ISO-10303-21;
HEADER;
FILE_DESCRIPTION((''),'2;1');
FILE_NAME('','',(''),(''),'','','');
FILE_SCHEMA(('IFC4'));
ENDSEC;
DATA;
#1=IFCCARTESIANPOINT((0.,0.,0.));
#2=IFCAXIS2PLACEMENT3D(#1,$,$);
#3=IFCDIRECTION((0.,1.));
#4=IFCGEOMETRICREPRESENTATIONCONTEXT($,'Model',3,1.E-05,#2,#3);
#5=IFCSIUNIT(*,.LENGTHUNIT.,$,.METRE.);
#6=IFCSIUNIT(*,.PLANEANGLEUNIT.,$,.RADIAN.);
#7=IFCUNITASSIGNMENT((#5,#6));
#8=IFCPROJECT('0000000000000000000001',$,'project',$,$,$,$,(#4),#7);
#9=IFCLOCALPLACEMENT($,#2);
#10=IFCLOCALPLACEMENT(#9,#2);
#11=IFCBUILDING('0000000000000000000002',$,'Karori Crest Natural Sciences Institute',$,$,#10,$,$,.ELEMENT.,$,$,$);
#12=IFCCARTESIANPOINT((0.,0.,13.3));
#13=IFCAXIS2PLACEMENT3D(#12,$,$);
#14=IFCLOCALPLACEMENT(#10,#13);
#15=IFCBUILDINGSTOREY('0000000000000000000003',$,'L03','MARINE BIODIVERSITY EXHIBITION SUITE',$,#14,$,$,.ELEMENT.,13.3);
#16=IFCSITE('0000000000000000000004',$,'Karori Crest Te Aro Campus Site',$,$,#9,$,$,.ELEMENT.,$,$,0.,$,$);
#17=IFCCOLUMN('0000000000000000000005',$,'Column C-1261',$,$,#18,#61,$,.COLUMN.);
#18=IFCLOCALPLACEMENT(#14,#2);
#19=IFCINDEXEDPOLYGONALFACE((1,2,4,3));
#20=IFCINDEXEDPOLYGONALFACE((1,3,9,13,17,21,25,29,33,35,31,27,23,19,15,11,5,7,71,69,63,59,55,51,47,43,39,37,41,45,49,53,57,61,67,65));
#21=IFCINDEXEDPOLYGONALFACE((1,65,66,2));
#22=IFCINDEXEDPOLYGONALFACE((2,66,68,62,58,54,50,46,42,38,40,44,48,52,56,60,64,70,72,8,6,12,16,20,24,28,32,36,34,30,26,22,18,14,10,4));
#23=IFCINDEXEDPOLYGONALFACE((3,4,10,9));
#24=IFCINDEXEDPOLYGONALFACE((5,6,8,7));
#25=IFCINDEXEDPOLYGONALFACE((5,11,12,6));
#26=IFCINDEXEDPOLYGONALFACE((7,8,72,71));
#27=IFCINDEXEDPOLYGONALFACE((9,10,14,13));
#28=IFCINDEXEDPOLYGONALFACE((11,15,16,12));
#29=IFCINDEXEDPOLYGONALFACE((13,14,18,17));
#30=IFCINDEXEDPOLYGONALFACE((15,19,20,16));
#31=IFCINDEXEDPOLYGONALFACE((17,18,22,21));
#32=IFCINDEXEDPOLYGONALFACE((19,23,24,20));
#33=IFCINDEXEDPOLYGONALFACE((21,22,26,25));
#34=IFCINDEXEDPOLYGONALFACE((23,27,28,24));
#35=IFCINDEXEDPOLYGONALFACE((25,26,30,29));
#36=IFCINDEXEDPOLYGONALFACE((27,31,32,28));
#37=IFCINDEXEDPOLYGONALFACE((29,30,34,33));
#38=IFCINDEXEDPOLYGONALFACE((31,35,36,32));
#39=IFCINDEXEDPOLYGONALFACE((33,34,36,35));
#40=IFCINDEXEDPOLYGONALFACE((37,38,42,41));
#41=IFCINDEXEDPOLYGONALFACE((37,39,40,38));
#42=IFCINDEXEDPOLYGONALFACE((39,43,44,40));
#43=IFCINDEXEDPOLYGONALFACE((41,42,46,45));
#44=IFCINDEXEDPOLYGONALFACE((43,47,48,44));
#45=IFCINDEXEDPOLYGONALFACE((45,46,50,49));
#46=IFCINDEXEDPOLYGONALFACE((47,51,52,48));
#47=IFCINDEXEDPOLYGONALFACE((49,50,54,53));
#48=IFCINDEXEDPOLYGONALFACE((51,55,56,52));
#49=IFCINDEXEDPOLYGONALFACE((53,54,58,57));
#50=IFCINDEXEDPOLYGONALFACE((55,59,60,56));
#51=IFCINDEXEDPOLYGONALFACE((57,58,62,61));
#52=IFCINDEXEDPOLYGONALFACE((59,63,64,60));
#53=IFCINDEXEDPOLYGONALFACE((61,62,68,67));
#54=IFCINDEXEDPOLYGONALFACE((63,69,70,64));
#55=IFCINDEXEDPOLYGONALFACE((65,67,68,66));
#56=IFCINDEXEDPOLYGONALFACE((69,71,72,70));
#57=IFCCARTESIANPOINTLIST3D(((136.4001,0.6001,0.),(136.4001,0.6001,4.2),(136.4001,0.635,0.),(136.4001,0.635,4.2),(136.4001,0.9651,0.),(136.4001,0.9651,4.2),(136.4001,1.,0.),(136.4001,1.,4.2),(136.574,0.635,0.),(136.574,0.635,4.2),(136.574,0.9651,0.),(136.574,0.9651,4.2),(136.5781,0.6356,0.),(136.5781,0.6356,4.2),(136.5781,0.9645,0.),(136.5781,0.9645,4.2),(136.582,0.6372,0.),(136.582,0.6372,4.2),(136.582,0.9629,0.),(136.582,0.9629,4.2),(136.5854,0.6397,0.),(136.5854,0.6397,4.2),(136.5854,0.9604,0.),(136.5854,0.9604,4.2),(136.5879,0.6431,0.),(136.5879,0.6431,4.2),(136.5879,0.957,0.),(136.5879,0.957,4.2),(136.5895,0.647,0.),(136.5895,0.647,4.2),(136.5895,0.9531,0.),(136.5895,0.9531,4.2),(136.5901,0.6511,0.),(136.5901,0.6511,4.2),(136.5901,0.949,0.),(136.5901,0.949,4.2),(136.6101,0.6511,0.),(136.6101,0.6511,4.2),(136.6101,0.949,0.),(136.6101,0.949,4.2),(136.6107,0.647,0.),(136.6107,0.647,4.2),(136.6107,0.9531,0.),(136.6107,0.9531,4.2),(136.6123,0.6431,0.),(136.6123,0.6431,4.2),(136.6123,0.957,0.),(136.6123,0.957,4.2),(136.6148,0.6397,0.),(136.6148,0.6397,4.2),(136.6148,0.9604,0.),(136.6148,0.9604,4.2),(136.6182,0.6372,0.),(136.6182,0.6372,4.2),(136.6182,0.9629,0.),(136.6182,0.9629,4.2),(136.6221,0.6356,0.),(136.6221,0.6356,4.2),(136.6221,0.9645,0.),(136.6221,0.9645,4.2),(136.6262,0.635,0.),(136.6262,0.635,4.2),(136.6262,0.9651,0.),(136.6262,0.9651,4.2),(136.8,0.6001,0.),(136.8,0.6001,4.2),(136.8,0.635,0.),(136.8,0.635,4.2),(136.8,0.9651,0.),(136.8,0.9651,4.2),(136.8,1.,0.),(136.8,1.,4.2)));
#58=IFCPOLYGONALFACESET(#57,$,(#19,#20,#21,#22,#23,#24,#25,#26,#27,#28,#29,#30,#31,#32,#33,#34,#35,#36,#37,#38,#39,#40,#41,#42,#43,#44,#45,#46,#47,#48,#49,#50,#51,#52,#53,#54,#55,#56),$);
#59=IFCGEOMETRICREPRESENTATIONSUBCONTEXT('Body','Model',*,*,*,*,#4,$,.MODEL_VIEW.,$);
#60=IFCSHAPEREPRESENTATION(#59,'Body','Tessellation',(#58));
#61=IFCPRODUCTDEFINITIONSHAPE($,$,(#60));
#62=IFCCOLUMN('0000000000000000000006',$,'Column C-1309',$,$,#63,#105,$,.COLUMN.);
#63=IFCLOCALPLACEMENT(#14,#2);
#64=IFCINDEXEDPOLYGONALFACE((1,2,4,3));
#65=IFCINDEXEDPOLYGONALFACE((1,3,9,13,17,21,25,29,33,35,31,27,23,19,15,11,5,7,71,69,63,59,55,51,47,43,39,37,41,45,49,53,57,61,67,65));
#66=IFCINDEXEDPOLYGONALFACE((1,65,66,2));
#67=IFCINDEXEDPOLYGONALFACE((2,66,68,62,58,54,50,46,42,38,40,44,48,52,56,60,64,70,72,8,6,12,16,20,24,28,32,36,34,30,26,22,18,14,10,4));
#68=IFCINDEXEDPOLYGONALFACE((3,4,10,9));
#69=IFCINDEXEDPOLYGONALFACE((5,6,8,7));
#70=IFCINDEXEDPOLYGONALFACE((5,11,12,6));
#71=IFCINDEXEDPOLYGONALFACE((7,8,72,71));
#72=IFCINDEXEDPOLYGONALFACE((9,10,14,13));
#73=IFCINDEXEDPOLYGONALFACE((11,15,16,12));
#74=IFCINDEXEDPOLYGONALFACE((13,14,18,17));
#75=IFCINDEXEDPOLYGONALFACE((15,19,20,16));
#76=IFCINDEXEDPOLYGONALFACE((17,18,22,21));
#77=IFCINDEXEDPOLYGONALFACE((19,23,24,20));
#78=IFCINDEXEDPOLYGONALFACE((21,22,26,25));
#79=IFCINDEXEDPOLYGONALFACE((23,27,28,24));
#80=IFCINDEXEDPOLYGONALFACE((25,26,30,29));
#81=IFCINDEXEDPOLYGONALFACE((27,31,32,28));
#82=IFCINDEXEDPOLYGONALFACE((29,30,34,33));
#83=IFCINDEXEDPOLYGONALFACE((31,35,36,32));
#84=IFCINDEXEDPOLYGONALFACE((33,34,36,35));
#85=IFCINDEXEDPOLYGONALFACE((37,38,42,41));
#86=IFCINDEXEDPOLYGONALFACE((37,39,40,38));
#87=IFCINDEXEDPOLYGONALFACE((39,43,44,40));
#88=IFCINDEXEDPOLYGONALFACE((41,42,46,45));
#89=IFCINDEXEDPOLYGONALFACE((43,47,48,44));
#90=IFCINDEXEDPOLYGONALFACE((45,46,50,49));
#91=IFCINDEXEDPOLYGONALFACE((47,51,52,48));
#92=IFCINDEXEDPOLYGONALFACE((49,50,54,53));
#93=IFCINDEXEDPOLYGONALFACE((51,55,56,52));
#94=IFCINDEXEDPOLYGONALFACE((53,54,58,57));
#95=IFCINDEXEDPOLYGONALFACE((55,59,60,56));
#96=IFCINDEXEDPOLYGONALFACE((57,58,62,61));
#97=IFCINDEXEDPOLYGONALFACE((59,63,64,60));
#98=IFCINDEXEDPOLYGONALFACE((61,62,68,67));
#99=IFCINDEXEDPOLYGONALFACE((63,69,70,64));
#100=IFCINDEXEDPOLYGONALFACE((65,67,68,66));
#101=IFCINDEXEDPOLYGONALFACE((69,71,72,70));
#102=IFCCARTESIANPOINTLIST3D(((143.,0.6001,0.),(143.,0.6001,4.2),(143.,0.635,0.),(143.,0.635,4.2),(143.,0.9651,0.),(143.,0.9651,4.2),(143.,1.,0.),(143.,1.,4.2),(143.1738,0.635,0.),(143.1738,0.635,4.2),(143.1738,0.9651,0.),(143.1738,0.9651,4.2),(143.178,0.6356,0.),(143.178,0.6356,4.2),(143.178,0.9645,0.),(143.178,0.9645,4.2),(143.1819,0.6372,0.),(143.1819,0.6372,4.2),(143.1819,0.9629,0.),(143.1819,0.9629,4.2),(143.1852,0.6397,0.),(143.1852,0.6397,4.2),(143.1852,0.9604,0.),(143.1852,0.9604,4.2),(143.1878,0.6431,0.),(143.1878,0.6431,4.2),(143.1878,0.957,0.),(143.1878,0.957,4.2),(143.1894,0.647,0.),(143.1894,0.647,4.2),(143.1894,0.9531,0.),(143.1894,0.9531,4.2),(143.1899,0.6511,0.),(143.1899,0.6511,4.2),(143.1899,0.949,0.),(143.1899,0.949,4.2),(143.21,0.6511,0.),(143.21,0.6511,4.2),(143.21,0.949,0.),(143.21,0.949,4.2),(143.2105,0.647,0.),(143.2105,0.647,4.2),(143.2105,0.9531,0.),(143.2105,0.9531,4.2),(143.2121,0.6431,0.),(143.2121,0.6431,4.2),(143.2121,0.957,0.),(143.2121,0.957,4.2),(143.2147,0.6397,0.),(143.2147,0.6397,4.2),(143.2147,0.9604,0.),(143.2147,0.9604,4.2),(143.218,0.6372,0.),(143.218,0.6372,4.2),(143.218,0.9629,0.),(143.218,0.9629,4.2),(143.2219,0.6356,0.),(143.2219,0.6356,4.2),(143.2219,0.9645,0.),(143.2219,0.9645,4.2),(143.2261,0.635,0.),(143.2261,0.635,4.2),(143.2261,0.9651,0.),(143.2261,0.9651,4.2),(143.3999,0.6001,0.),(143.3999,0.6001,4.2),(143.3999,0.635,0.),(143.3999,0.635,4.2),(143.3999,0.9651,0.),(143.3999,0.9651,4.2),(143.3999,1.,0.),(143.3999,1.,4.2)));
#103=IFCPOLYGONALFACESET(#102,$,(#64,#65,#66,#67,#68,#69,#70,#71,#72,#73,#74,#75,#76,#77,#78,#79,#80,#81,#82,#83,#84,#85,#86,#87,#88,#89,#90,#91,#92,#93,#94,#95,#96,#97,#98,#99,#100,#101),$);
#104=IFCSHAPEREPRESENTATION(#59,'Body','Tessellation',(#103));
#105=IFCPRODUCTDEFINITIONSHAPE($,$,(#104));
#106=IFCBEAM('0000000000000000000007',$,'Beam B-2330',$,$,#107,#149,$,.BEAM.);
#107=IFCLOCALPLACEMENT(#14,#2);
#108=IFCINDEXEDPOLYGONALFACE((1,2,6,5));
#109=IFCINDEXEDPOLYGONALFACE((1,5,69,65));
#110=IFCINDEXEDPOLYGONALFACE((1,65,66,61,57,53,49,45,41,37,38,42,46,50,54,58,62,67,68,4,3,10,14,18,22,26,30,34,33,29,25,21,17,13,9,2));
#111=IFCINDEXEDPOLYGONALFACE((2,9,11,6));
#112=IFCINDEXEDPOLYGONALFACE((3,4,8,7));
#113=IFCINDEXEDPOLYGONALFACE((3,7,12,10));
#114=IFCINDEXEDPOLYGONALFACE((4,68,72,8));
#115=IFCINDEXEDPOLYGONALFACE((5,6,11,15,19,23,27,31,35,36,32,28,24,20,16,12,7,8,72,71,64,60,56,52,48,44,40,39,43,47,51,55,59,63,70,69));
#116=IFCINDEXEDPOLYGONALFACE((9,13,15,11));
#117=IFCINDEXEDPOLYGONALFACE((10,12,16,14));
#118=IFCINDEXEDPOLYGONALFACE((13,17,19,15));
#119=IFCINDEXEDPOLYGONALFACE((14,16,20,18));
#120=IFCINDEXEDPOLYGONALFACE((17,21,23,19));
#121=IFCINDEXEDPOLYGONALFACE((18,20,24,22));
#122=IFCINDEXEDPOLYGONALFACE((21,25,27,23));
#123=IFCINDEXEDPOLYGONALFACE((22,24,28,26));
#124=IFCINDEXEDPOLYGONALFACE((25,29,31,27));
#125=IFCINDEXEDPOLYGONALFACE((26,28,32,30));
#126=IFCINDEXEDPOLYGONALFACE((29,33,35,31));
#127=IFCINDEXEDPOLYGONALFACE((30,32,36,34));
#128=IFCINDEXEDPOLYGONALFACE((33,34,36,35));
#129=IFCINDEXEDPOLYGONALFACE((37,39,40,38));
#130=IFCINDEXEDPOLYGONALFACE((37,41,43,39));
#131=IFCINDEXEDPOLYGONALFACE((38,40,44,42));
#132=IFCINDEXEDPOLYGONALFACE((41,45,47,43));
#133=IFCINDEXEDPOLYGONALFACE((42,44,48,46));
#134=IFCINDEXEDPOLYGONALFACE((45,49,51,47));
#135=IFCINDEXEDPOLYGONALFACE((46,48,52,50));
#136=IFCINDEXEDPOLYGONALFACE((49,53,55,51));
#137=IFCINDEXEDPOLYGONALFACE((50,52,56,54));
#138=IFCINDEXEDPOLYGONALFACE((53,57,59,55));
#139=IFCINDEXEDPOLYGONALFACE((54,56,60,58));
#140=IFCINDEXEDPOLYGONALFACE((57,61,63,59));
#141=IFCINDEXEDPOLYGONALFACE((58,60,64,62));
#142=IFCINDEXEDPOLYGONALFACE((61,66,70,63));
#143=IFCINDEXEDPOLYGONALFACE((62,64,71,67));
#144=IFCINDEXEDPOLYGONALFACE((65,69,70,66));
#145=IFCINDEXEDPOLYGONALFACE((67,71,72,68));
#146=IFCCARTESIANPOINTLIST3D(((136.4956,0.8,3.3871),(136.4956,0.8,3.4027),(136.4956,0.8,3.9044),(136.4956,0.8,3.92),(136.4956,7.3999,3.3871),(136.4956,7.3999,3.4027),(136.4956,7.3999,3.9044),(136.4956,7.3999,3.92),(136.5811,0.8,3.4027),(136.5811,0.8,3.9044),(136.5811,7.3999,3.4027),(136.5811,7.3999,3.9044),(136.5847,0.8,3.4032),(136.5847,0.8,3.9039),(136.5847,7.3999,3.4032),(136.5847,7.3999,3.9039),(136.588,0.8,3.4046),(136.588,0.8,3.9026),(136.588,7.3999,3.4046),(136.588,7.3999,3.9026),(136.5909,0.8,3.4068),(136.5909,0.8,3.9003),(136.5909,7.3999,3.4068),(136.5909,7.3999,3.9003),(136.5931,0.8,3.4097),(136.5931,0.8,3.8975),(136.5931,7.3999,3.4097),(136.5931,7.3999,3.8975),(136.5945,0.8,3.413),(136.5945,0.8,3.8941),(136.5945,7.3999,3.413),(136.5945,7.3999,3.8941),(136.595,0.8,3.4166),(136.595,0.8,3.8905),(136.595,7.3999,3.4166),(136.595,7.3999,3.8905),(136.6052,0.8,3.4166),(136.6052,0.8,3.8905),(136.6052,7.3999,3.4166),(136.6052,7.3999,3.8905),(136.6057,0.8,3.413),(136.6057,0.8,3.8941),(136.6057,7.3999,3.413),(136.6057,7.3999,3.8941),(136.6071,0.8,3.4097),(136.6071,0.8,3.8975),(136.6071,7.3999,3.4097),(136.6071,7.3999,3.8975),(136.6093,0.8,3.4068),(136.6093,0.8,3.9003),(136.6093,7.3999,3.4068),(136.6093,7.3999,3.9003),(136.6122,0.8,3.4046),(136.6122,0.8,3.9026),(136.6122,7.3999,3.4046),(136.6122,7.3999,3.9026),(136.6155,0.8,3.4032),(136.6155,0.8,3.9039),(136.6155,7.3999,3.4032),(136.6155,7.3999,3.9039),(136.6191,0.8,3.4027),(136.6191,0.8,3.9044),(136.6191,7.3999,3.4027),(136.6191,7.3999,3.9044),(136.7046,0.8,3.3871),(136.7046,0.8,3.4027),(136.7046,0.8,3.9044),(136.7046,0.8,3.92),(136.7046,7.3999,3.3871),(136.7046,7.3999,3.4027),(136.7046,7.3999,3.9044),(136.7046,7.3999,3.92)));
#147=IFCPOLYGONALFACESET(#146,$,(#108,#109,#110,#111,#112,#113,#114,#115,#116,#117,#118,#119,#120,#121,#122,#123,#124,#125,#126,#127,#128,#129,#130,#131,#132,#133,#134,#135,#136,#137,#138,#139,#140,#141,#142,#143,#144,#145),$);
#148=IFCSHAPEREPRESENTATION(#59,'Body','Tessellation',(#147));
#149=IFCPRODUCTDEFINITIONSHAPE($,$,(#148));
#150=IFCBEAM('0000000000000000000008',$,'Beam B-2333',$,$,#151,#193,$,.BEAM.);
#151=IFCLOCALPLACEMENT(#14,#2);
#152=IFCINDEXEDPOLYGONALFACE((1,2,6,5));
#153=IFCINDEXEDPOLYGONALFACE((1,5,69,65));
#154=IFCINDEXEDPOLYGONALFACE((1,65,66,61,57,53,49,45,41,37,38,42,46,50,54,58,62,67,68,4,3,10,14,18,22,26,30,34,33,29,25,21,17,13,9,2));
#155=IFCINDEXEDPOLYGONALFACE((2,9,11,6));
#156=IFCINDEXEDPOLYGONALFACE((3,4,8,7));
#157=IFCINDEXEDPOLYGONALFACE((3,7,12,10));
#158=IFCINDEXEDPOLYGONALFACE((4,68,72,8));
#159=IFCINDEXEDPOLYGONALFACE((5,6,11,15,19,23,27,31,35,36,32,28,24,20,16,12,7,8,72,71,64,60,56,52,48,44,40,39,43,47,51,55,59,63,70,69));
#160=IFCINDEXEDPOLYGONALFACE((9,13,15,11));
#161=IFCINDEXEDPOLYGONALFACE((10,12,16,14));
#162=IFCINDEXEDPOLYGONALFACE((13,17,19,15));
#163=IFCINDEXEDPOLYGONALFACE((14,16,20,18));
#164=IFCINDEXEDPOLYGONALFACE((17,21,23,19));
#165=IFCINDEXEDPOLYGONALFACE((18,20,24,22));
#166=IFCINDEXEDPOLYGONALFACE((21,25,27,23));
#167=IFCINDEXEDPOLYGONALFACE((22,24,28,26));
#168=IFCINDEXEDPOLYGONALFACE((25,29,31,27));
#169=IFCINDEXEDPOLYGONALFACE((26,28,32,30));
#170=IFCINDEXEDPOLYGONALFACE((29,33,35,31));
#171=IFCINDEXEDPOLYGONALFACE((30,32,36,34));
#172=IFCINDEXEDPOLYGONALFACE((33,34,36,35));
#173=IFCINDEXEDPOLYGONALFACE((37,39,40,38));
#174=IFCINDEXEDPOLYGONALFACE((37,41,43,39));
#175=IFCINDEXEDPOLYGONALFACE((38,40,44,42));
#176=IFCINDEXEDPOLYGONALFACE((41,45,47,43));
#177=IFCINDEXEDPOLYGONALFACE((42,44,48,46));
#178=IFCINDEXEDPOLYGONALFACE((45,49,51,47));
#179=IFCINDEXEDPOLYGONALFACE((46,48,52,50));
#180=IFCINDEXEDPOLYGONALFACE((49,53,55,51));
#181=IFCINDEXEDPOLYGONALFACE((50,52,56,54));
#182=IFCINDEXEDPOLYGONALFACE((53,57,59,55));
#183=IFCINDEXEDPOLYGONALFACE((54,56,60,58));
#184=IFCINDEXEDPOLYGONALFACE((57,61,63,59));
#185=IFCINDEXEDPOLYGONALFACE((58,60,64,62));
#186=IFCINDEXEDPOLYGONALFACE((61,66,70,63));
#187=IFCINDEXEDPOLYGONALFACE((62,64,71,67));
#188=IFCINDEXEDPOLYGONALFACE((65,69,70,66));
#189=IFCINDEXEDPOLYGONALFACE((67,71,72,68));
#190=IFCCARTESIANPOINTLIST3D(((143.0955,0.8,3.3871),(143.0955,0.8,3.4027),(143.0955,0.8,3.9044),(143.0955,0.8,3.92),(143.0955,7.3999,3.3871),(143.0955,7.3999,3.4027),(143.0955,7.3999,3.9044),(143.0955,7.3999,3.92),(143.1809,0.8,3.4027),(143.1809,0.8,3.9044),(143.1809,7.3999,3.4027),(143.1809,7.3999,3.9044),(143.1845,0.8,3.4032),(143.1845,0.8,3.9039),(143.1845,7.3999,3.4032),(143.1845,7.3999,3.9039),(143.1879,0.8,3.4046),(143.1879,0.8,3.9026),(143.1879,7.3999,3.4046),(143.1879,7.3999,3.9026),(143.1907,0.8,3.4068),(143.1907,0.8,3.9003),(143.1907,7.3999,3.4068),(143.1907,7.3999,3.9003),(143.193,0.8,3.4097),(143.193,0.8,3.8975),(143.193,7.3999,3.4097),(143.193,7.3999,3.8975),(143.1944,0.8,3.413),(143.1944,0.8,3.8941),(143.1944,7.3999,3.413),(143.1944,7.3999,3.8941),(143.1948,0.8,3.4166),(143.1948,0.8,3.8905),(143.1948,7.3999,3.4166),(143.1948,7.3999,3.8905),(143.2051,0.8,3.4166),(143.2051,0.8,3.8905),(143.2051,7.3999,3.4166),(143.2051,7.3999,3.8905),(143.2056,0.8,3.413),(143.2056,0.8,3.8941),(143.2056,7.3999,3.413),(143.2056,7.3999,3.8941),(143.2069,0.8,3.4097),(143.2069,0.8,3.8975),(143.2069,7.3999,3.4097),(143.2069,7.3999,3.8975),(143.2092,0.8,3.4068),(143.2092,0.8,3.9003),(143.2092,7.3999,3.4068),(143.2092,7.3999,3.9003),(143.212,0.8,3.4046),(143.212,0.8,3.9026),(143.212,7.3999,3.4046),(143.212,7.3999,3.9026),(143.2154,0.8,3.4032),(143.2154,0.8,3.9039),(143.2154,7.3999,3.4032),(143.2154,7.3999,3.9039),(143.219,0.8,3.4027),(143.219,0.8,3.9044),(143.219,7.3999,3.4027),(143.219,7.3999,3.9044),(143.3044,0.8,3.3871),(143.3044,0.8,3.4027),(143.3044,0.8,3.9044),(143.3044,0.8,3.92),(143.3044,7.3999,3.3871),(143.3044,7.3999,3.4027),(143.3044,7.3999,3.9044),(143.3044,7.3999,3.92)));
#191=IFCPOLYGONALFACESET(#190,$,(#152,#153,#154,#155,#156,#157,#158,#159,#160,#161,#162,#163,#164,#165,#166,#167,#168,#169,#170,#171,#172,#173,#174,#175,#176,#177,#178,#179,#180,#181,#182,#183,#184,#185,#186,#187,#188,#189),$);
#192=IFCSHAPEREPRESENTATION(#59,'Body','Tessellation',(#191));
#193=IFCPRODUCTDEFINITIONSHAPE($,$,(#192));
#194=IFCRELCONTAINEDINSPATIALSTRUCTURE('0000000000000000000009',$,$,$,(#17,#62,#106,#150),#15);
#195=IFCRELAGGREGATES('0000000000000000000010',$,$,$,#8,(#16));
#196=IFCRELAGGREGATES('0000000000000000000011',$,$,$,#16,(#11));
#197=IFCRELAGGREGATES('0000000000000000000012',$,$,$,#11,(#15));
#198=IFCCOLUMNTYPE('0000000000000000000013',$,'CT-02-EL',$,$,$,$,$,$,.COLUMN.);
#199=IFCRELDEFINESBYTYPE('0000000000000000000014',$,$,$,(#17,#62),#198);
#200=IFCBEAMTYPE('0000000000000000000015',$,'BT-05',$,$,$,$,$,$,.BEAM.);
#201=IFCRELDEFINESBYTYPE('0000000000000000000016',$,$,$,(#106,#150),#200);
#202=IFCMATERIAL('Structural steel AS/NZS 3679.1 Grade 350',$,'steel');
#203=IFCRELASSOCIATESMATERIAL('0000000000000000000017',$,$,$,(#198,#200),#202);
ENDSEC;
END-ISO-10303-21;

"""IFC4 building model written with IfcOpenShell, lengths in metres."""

from ifc_helpers import new_model, si_unit, direction, frame, origin, origin_2d, place, context, subcontext, project, spatial, i_section, extrude, material, material_profile, profile_set, type_object, element, save


model = new_model("IFC4")

# Units and contexts
model_context = context("Model", 3, precision=1e-05, world=origin(), true_north=direction((0.0, 1.0)))
body_context = subcontext(model_context, "Body", "Model", "MODEL_VIEW")
ifc_project = project(units=[si_unit("LENGTHUNIT", "METRE"), si_unit("PLANEANGLEUNIT", "RADIAN")], contexts=[model_context])

# Site, building, storey
site_placement = place(None, origin())
site = spatial("IfcSite", under=ifc_project, at=site_placement, Name="Karori Crest Te Aro Campus Site", CompositionType="ELEMENT", RefElevation=0.0)
building_placement = place(site_placement, origin())
building = spatial("IfcBuilding", under=site, at=building_placement, Name="Karori Crest Natural Sciences Institute", CompositionType="ELEMENT")
storey_placement = place(building_placement, frame((0.0, 0.0, 13.3)))
storey = spatial("IfcBuildingStorey", under=building, at=storey_placement, Name="L03", Description="MARINE BIODIVERSITY EXHIBITION SUITE", CompositionType="ELEMENT", Elevation=13.3)

# Columns
ifc_material_1 = material(Name="Structural steel AS/NZS 3679.1 Grade 350", Category="steel")
ifc_material_profile_1 = material_profile(ifc_material_1, i_section(OverallWidth=0.3999, OverallDepth=0.3999, WebThickness=0.02, FlangeThickness=0.0349, FilletRadius=0.0161, at=origin_2d()), Name="400WC328")
ifc_profile_set_1 = profile_set([ifc_material_profile_1], Name="Structural steel AS/NZS 3679.1 Grade 350")
column_type = type_object("IfcColumnType", Name="CT-02-EL", PredefinedType="COLUMN", material=ifc_profile_set_1)
for number, where, z_axis, x_axis, name in (
    (1, (136.6001, 0.8, 0.0), (0.0, 0.0, 1.0), (1.0, 0.0, 0.0), "Column C-1261"),
    (2, (143.2, 0.8, 0.0), (0.0, 0.0, 1.0), (1.0, 0.0, 0.0), "Column C-1309"),
):
    element("IfcColumn", number, at=place(storey_placement, frame(where, z_axis=z_axis, x_axis=x_axis)), inside=storey, type_object=column_type, Name=name, PredefinedType="COLUMN", context=body_context, shape_type="SweptSolid", body=[
        extrude(i_section(OverallWidth=0.3999, OverallDepth=0.3999, WebThickness=0.02, FlangeThickness=0.0349, FilletRadius=0.0161, at=origin_2d()), origin(), (0.0, 0.0, 1.0), 4.2),
    ])

# Beams
ifc_material_profile_2 = material_profile(ifc_material_1, i_section(OverallWidth=0.209, OverallDepth=0.533, WebThickness=0.0103, FlangeThickness=0.0156, FilletRadius=0.0139, at=origin_2d()), Name="530UB92.4")
ifc_profile_set_2 = profile_set([ifc_material_profile_2], Name="Structural steel AS/NZS 3679.1 Grade 350")
beam_type_1 = type_object("IfcBeamType", Name="BT-05", PredefinedType="BEAM", material=ifc_profile_set_2)
for number, where, z_axis, x_axis, name in (
    (3, (136.6001, 0.8, 3.6536), (0.0, 1.0, 0.0), (-1.0, 0.0, 0.0), "Beam B-2330"),
    (4, (143.2, 0.8, 3.6536), (0.0, 1.0, 0.0), (-1.0, 0.0, 0.0), "Beam B-2333"),
):
    element("IfcBeam", number, at=place(storey_placement, frame(where, z_axis=z_axis, x_axis=x_axis)), inside=storey, type_object=beam_type_1, Name=name, PredefinedType="BEAM", context=body_context, shape_type="SweptSolid", body=[
        extrude(i_section(OverallWidth=0.209, OverallDepth=0.533, WebThickness=0.0103, FlangeThickness=0.0156, FilletRadius=0.0139, at=origin_2d()), origin(), (0.0, 0.0, 1.0), 6.5999),
    ])

save(model, "model.ifc")
